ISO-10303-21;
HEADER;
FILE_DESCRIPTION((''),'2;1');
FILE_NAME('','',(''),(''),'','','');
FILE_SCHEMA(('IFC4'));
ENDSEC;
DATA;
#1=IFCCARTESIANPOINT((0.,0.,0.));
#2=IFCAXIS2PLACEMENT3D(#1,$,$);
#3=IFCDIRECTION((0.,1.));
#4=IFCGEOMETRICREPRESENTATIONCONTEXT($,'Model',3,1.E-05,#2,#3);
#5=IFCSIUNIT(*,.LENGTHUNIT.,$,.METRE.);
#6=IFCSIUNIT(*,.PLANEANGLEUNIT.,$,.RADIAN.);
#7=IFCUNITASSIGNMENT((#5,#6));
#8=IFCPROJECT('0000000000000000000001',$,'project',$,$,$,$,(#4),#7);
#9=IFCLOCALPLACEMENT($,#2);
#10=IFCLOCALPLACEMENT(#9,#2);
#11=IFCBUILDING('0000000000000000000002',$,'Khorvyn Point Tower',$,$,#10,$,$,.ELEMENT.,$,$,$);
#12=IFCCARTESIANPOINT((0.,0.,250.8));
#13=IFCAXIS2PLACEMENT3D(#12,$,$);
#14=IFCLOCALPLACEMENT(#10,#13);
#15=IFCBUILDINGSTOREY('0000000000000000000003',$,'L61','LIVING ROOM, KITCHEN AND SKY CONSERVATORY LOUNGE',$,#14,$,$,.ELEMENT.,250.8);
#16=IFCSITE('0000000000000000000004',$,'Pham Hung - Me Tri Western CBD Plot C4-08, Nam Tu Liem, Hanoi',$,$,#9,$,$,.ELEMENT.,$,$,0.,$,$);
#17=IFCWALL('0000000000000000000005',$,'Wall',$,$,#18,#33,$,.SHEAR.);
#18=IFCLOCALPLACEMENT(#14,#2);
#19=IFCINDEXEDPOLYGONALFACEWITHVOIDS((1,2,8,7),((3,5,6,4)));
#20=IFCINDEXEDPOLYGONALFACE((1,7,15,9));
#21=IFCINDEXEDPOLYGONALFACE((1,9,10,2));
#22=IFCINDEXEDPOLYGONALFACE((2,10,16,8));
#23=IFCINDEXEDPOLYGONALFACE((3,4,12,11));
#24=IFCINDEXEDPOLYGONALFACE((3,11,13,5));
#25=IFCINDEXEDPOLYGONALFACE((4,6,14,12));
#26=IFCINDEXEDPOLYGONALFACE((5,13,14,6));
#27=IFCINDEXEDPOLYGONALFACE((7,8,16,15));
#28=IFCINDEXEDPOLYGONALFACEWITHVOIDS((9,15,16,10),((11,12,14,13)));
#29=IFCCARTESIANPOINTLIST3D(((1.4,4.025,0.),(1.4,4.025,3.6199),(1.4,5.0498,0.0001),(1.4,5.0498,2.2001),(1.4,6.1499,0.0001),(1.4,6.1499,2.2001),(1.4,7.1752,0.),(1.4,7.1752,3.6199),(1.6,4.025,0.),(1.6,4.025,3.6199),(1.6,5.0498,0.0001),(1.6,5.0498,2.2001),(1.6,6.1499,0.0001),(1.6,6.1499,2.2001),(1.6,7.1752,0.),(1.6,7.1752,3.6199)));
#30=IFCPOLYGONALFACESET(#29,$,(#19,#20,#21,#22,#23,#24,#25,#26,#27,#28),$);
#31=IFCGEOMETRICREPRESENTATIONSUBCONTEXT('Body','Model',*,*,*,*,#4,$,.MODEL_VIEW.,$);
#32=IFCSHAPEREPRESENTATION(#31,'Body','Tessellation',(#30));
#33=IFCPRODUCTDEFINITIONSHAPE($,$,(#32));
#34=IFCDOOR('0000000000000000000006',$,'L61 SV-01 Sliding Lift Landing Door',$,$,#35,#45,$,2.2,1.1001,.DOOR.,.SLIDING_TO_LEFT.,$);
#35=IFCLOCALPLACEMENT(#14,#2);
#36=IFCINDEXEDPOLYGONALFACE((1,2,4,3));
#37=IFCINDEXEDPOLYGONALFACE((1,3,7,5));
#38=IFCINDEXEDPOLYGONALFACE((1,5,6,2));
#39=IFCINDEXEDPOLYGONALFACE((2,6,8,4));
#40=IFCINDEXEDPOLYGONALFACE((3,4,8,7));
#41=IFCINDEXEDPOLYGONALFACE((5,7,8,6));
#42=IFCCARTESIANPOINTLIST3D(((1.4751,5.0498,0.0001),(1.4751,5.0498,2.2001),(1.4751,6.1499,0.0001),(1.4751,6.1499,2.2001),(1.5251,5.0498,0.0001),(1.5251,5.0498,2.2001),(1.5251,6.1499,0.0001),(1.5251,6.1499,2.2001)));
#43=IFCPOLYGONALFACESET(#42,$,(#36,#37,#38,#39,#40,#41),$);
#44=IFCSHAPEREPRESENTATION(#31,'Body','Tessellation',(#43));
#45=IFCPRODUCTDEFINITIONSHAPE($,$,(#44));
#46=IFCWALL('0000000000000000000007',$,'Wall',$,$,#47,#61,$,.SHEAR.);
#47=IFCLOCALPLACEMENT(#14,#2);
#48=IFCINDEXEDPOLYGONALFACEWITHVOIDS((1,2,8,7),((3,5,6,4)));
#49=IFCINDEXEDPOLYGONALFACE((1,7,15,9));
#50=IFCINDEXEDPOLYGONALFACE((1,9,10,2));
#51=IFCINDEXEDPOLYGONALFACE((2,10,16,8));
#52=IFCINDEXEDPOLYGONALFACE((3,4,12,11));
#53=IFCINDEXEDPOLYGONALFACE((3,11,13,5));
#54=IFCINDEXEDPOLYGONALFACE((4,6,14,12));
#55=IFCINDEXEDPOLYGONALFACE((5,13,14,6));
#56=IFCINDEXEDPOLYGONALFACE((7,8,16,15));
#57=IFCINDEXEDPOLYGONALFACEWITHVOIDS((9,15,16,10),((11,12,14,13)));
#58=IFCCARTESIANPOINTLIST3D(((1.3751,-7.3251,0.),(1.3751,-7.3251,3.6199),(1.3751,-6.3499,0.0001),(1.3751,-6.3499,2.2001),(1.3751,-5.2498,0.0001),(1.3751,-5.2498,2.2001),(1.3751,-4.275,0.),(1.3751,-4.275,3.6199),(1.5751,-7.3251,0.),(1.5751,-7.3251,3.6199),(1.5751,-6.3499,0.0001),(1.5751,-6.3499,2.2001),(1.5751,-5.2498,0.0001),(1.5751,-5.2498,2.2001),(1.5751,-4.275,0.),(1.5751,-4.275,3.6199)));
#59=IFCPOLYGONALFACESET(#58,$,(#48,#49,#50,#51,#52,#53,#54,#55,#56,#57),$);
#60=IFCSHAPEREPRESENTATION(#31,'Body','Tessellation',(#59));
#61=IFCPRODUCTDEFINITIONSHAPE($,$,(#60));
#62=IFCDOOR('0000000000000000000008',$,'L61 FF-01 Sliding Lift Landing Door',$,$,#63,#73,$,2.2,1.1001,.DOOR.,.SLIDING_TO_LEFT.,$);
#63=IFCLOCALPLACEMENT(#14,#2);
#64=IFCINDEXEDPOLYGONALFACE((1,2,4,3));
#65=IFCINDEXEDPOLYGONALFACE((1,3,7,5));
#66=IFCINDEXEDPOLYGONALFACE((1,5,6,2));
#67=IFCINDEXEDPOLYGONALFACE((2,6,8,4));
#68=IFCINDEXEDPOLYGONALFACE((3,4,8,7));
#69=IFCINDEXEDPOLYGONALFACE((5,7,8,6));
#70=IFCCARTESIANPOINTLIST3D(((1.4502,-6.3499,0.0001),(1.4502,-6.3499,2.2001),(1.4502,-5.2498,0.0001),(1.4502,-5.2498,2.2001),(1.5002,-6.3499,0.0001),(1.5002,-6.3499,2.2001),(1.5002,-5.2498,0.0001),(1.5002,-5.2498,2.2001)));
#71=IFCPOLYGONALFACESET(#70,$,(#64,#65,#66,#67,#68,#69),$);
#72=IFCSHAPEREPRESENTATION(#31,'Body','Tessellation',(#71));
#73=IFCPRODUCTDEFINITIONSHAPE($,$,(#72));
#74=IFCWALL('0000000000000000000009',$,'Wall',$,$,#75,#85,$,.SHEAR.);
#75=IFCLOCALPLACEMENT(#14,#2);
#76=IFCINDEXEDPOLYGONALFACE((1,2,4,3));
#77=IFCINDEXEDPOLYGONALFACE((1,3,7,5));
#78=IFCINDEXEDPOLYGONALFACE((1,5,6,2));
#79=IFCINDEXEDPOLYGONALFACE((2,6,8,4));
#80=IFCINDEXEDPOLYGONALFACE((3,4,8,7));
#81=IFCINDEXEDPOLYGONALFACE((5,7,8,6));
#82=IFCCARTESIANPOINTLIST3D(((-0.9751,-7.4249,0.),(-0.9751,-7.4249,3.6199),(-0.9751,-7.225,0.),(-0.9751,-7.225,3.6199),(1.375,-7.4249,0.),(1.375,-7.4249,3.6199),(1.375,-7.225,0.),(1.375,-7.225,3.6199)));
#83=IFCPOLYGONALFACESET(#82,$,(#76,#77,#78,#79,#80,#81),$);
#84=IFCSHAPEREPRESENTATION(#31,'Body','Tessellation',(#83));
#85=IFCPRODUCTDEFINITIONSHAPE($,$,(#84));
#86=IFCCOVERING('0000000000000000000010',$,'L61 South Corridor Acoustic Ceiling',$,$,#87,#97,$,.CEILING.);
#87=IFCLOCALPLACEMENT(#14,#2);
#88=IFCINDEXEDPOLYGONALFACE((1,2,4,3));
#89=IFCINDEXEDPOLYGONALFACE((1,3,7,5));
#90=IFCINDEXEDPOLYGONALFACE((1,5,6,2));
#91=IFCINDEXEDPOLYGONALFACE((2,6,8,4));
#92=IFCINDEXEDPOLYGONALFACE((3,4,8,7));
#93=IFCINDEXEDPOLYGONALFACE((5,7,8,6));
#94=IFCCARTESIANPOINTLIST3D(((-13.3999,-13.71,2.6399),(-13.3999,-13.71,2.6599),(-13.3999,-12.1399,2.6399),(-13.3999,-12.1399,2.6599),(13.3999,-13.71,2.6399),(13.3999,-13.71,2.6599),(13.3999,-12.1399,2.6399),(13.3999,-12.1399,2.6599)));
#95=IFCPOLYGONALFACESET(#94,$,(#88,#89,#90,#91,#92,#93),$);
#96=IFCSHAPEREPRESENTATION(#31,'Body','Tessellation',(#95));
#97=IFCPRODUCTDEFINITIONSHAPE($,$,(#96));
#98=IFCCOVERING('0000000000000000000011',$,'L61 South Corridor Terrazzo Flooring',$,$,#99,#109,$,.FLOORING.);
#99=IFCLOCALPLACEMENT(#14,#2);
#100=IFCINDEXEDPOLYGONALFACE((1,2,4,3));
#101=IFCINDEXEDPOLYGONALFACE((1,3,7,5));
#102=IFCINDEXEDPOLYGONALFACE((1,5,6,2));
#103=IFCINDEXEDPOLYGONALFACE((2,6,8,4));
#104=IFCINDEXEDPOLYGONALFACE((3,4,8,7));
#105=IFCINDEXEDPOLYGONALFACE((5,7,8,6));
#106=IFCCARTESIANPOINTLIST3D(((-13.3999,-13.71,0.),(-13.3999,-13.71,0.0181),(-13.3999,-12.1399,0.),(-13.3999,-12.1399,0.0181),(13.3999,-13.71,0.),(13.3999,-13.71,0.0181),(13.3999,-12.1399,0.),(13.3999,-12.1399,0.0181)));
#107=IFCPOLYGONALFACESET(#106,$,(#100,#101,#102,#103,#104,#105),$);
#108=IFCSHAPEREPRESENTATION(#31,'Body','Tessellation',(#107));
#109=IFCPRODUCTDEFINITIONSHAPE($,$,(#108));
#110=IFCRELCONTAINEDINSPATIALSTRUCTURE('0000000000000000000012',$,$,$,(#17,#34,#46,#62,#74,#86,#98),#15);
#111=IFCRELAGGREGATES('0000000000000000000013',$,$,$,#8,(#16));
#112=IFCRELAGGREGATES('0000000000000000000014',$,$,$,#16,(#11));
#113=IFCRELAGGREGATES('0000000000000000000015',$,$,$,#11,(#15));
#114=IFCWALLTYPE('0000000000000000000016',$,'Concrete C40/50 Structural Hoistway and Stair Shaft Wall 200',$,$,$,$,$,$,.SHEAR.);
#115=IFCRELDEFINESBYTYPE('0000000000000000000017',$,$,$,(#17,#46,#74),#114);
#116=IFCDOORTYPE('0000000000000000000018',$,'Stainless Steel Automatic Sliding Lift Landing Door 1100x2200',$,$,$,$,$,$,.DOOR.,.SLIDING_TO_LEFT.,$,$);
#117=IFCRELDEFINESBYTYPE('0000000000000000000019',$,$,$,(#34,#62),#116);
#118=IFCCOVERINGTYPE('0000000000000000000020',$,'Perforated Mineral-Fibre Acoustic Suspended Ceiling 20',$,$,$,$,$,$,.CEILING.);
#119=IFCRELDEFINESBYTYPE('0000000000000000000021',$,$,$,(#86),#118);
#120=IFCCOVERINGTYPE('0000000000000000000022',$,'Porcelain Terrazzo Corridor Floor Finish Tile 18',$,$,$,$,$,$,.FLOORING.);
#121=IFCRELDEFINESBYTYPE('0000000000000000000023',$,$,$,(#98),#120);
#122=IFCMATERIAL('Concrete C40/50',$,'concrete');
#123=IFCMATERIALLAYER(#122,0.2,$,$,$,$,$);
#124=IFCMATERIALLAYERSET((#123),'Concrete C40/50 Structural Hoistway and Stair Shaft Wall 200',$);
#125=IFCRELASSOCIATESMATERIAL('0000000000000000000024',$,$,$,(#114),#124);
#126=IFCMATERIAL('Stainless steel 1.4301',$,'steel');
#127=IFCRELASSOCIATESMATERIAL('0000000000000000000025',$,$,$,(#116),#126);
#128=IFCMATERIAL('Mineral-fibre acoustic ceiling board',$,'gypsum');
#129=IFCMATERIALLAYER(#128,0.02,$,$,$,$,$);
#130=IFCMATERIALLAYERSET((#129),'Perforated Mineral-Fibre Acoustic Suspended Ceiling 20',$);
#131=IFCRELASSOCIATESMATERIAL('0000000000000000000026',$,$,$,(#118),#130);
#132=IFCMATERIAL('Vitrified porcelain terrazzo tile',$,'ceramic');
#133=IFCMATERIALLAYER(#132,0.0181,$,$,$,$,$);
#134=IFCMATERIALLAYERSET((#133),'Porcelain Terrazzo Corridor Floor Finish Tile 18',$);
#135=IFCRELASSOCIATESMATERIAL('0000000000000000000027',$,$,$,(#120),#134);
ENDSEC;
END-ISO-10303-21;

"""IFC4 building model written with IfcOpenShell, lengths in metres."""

from ifc_helpers import new_model, si_unit, direction, frame, frame_2d, origin, place, context, subcontext, project, spatial, polyline, rectangle, outline, extrude, material, layer, layer_set, type_object, element, fill, save


model = new_model("IFC4")

# Units and contexts
model_context = context("Model", 3, precision=1e-05, world=origin(), true_north=direction((0.0, 1.0)))
body_context = subcontext(model_context, "Body", "Model", "MODEL_VIEW")
ifc_project = project(units=[si_unit("LENGTHUNIT", "METRE"), si_unit("PLANEANGLEUNIT", "RADIAN")], contexts=[model_context])

# Site, building, storey
site_placement = place(None, origin())
site = spatial("IfcSite", under=ifc_project, at=site_placement, Name="Pham Hung - Me Tri Western CBD Plot C4-08, Nam Tu Liem, Hanoi", CompositionType="ELEMENT", RefElevation=0.0)
building_placement = place(site_placement, origin())
building = spatial("IfcBuilding", under=site, at=building_placement, Name="Khorvyn Point Tower", CompositionType="ELEMENT")
storey_placement = place(building_placement, frame((0.0, 0.0, 250.8)))
storey = spatial("IfcBuildingStorey", under=building, at=storey_placement, Name="L61", Description="LIVING ROOM, KITCHEN AND SKY CONSERVATORY LOUNGE", CompositionType="ELEMENT", Elevation=250.8)

# Shared definitions
ifc_material_1 = material(Name="Concrete C40/50", Category="concrete")

# Shared definitions
ifc_layer_1 = layer(ifc_material_1, 0.2)
ifc_layer_set_1 = layer_set([ifc_layer_1], Name="Concrete C40/50 Structural Hoistway and Stair Shaft Wall 200")
wall_type = type_object("IfcWallType", Name="Concrete C40/50 Structural Hoistway and Stair Shaft Wall 200", PredefinedType="SHEAR", material=ifc_layer_set_1)
ifc_material_2 = material(Name="Stainless steel 1.4301", Category="steel")
door_type = type_object("IfcDoorType", Name="Stainless Steel Automatic Sliding Lift Landing Door 1100x2200", OperationType="SLIDING_TO_LEFT", PredefinedType="DOOR", material=ifc_material_2)

# Walls, openings, doors
wall_1_placement = place(storey_placement, frame((1.5, 4.0249, 0.0), z_axis=(0.0, 0.0, 1.0), x_axis=(0.0, 1.0, 0.0)))
wall_1 = element("IfcWall", 1, at=wall_1_placement, inside=storey, type_object=wall_type, Name="Wall", PredefinedType="SHEAR", context=body_context, shape_type="SweptSolid", body=[
    extrude(rectangle(XDim=3.1501, YDim=0.2, at=frame_2d((1.5752, 0.0))), origin(), (0.0, 0.0, 1.0), 3.6199),
])
opening_1_placement = place(wall_1_placement, frame((1.0249, 0.0, 0.0)))
opening_1 = element("IfcOpeningElement", 2, at=opening_1_placement, cuts=wall_1, PredefinedType="OPENING", context=body_context, shape_type="SweptSolid", body=[
    extrude(rectangle(XDim=1.1001, YDim=2.2, at=frame_2d((0.55, 1.1001))), frame((0.0, 0.1099, 0.0), z_axis=(0.0, -1.0, 0.0), x_axis=(1.0, 0.0, 0.0)), (0.0, 0.0, 1.0), 0.22),
])
door_1_placement = place(opening_1_placement, origin())
door_1 = element("IfcDoor", 3, at=door_1_placement, inside=storey, type_object=door_type, Name="L61 SV-01 Sliding Lift Landing Door", OperationType="SLIDING_TO_LEFT", OverallHeight=2.2, OverallWidth=1.1001, PredefinedType="DOOR", context=body_context, shape_type="SweptSolid", body=[
    extrude(rectangle(XDim=1.1001, YDim=2.2, at=frame_2d((0.55, 1.1001))), frame((0.0, 0.0249, 0.0), z_axis=(0.0, -1.0, 0.0), x_axis=(1.0, 0.0, 0.0)), (0.0, 0.0, 1.0), 0.05),
])
fill(opening_1, door_1)
wall_2_placement = place(storey_placement, frame((1.4751, -7.325, 0.0), z_axis=(0.0, 0.0, 1.0), x_axis=(0.0, 1.0, 0.0)))
wall_2 = element("IfcWall", 4, at=wall_2_placement, inside=storey, type_object=wall_type, Name="Wall", PredefinedType="SHEAR", context=body_context, shape_type="SweptSolid", body=[
    extrude(rectangle(XDim=3.05, YDim=0.2, at=frame_2d((1.5249, 0.0))), origin(), (0.0, 0.0, 1.0), 3.6199),
])
opening_2_placement = place(wall_2_placement, frame((0.9751, 0.0, 0.0)))
opening_2 = element("IfcOpeningElement", 5, at=opening_2_placement, cuts=wall_2, PredefinedType="OPENING", context=body_context, shape_type="SweptSolid", body=[
    extrude(rectangle(XDim=1.1001, YDim=2.2, at=frame_2d((0.55, 1.1001))), frame((0.0, 0.1099, 0.0), z_axis=(0.0, -1.0, 0.0), x_axis=(1.0, 0.0, 0.0)), (0.0, 0.0, 1.0), 0.22),
])
door_2_placement = place(opening_2_placement, origin())
door_2 = element("IfcDoor", 6, at=door_2_placement, inside=storey, type_object=door_type, Name="L61 FF-01 Sliding Lift Landing Door", OperationType="SLIDING_TO_LEFT", OverallHeight=2.2, OverallWidth=1.1001, PredefinedType="DOOR", context=body_context, shape_type="SweptSolid", body=[
    extrude(rectangle(XDim=1.1001, YDim=2.2, at=frame_2d((0.55, 1.1001))), frame((0.0, 0.0249, 0.0), z_axis=(0.0, -1.0, 0.0), x_axis=(1.0, 0.0, 0.0)), (0.0, 0.0, 1.0), 0.05),
])
fill(opening_2, door_2)

# Wall
wall_3_placement = place(storey_placement, frame((-0.9751, -7.325, 0.0), z_axis=(0.0, 0.0, 1.0), x_axis=(1.0, 0.0, 0.0)))
element("IfcWall", 7, at=wall_3_placement, inside=storey, type_object=wall_type, Name="Wall", PredefinedType="SHEAR", context=body_context, shape_type="SweptSolid", body=[
    extrude(rectangle(XDim=2.3501, YDim=0.2, at=frame_2d((1.175, 0.0))), origin(), (0.0, 0.0, 1.0), 3.6199),
])

# Coverings
ifc_material_3 = material(Name="Mineral-fibre acoustic ceiling board", Category="gypsum")
ifc_layer_2 = layer(ifc_material_3, 0.02)
ifc_layer_set_2 = layer_set([ifc_layer_2], Name="Perforated Mineral-Fibre Acoustic Suspended Ceiling 20")
covering_type_1 = type_object("IfcCoveringType", Name="Perforated Mineral-Fibre Acoustic Suspended Ceiling 20", PredefinedType="CEILING", material=ifc_layer_set_2)
covering_1_placement = place(storey_placement, frame((0.0, 0.0, 2.6399)))
element("IfcCovering", 8, at=covering_1_placement, inside=storey, type_object=covering_type_1, Name="L61 South Corridor Acoustic Ceiling", PredefinedType="CEILING", context=body_context, shape_type="SweptSolid", body=[
    extrude(outline(polyline([(-13.3999, -13.71), (13.3999, -13.71), (13.3999, -12.1399), (-13.3999, -12.1399), (-13.3999, -13.71)])), origin(), (0.0, 0.0, 1.0), 0.02),
])
ifc_material_4 = material(Name="Vitrified porcelain terrazzo tile", Category="ceramic")
ifc_layer_3 = layer(ifc_material_4, 0.0181)
ifc_layer_set_3 = layer_set([ifc_layer_3], Name="Porcelain Terrazzo Corridor Floor Finish Tile 18")
covering_type_2 = type_object("IfcCoveringType", Name="Porcelain Terrazzo Corridor Floor Finish Tile 18", PredefinedType="FLOORING", material=ifc_layer_set_3)
covering_2_placement = place(storey_placement, origin())
element("IfcCovering", 9, at=covering_2_placement, inside=storey, type_object=covering_type_2, Name="L61 South Corridor Terrazzo Flooring", PredefinedType="FLOORING", context=body_context, shape_type="SweptSolid", body=[
    extrude(outline(polyline([(-13.3999, -13.71), (13.3999, -13.71), (13.3999, -12.1399), (-13.3999, -12.1399), (-13.3999, -13.71)])), origin(), (0.0, 0.0, 1.0), 0.0181),
])

save(model, "model.ifc")
